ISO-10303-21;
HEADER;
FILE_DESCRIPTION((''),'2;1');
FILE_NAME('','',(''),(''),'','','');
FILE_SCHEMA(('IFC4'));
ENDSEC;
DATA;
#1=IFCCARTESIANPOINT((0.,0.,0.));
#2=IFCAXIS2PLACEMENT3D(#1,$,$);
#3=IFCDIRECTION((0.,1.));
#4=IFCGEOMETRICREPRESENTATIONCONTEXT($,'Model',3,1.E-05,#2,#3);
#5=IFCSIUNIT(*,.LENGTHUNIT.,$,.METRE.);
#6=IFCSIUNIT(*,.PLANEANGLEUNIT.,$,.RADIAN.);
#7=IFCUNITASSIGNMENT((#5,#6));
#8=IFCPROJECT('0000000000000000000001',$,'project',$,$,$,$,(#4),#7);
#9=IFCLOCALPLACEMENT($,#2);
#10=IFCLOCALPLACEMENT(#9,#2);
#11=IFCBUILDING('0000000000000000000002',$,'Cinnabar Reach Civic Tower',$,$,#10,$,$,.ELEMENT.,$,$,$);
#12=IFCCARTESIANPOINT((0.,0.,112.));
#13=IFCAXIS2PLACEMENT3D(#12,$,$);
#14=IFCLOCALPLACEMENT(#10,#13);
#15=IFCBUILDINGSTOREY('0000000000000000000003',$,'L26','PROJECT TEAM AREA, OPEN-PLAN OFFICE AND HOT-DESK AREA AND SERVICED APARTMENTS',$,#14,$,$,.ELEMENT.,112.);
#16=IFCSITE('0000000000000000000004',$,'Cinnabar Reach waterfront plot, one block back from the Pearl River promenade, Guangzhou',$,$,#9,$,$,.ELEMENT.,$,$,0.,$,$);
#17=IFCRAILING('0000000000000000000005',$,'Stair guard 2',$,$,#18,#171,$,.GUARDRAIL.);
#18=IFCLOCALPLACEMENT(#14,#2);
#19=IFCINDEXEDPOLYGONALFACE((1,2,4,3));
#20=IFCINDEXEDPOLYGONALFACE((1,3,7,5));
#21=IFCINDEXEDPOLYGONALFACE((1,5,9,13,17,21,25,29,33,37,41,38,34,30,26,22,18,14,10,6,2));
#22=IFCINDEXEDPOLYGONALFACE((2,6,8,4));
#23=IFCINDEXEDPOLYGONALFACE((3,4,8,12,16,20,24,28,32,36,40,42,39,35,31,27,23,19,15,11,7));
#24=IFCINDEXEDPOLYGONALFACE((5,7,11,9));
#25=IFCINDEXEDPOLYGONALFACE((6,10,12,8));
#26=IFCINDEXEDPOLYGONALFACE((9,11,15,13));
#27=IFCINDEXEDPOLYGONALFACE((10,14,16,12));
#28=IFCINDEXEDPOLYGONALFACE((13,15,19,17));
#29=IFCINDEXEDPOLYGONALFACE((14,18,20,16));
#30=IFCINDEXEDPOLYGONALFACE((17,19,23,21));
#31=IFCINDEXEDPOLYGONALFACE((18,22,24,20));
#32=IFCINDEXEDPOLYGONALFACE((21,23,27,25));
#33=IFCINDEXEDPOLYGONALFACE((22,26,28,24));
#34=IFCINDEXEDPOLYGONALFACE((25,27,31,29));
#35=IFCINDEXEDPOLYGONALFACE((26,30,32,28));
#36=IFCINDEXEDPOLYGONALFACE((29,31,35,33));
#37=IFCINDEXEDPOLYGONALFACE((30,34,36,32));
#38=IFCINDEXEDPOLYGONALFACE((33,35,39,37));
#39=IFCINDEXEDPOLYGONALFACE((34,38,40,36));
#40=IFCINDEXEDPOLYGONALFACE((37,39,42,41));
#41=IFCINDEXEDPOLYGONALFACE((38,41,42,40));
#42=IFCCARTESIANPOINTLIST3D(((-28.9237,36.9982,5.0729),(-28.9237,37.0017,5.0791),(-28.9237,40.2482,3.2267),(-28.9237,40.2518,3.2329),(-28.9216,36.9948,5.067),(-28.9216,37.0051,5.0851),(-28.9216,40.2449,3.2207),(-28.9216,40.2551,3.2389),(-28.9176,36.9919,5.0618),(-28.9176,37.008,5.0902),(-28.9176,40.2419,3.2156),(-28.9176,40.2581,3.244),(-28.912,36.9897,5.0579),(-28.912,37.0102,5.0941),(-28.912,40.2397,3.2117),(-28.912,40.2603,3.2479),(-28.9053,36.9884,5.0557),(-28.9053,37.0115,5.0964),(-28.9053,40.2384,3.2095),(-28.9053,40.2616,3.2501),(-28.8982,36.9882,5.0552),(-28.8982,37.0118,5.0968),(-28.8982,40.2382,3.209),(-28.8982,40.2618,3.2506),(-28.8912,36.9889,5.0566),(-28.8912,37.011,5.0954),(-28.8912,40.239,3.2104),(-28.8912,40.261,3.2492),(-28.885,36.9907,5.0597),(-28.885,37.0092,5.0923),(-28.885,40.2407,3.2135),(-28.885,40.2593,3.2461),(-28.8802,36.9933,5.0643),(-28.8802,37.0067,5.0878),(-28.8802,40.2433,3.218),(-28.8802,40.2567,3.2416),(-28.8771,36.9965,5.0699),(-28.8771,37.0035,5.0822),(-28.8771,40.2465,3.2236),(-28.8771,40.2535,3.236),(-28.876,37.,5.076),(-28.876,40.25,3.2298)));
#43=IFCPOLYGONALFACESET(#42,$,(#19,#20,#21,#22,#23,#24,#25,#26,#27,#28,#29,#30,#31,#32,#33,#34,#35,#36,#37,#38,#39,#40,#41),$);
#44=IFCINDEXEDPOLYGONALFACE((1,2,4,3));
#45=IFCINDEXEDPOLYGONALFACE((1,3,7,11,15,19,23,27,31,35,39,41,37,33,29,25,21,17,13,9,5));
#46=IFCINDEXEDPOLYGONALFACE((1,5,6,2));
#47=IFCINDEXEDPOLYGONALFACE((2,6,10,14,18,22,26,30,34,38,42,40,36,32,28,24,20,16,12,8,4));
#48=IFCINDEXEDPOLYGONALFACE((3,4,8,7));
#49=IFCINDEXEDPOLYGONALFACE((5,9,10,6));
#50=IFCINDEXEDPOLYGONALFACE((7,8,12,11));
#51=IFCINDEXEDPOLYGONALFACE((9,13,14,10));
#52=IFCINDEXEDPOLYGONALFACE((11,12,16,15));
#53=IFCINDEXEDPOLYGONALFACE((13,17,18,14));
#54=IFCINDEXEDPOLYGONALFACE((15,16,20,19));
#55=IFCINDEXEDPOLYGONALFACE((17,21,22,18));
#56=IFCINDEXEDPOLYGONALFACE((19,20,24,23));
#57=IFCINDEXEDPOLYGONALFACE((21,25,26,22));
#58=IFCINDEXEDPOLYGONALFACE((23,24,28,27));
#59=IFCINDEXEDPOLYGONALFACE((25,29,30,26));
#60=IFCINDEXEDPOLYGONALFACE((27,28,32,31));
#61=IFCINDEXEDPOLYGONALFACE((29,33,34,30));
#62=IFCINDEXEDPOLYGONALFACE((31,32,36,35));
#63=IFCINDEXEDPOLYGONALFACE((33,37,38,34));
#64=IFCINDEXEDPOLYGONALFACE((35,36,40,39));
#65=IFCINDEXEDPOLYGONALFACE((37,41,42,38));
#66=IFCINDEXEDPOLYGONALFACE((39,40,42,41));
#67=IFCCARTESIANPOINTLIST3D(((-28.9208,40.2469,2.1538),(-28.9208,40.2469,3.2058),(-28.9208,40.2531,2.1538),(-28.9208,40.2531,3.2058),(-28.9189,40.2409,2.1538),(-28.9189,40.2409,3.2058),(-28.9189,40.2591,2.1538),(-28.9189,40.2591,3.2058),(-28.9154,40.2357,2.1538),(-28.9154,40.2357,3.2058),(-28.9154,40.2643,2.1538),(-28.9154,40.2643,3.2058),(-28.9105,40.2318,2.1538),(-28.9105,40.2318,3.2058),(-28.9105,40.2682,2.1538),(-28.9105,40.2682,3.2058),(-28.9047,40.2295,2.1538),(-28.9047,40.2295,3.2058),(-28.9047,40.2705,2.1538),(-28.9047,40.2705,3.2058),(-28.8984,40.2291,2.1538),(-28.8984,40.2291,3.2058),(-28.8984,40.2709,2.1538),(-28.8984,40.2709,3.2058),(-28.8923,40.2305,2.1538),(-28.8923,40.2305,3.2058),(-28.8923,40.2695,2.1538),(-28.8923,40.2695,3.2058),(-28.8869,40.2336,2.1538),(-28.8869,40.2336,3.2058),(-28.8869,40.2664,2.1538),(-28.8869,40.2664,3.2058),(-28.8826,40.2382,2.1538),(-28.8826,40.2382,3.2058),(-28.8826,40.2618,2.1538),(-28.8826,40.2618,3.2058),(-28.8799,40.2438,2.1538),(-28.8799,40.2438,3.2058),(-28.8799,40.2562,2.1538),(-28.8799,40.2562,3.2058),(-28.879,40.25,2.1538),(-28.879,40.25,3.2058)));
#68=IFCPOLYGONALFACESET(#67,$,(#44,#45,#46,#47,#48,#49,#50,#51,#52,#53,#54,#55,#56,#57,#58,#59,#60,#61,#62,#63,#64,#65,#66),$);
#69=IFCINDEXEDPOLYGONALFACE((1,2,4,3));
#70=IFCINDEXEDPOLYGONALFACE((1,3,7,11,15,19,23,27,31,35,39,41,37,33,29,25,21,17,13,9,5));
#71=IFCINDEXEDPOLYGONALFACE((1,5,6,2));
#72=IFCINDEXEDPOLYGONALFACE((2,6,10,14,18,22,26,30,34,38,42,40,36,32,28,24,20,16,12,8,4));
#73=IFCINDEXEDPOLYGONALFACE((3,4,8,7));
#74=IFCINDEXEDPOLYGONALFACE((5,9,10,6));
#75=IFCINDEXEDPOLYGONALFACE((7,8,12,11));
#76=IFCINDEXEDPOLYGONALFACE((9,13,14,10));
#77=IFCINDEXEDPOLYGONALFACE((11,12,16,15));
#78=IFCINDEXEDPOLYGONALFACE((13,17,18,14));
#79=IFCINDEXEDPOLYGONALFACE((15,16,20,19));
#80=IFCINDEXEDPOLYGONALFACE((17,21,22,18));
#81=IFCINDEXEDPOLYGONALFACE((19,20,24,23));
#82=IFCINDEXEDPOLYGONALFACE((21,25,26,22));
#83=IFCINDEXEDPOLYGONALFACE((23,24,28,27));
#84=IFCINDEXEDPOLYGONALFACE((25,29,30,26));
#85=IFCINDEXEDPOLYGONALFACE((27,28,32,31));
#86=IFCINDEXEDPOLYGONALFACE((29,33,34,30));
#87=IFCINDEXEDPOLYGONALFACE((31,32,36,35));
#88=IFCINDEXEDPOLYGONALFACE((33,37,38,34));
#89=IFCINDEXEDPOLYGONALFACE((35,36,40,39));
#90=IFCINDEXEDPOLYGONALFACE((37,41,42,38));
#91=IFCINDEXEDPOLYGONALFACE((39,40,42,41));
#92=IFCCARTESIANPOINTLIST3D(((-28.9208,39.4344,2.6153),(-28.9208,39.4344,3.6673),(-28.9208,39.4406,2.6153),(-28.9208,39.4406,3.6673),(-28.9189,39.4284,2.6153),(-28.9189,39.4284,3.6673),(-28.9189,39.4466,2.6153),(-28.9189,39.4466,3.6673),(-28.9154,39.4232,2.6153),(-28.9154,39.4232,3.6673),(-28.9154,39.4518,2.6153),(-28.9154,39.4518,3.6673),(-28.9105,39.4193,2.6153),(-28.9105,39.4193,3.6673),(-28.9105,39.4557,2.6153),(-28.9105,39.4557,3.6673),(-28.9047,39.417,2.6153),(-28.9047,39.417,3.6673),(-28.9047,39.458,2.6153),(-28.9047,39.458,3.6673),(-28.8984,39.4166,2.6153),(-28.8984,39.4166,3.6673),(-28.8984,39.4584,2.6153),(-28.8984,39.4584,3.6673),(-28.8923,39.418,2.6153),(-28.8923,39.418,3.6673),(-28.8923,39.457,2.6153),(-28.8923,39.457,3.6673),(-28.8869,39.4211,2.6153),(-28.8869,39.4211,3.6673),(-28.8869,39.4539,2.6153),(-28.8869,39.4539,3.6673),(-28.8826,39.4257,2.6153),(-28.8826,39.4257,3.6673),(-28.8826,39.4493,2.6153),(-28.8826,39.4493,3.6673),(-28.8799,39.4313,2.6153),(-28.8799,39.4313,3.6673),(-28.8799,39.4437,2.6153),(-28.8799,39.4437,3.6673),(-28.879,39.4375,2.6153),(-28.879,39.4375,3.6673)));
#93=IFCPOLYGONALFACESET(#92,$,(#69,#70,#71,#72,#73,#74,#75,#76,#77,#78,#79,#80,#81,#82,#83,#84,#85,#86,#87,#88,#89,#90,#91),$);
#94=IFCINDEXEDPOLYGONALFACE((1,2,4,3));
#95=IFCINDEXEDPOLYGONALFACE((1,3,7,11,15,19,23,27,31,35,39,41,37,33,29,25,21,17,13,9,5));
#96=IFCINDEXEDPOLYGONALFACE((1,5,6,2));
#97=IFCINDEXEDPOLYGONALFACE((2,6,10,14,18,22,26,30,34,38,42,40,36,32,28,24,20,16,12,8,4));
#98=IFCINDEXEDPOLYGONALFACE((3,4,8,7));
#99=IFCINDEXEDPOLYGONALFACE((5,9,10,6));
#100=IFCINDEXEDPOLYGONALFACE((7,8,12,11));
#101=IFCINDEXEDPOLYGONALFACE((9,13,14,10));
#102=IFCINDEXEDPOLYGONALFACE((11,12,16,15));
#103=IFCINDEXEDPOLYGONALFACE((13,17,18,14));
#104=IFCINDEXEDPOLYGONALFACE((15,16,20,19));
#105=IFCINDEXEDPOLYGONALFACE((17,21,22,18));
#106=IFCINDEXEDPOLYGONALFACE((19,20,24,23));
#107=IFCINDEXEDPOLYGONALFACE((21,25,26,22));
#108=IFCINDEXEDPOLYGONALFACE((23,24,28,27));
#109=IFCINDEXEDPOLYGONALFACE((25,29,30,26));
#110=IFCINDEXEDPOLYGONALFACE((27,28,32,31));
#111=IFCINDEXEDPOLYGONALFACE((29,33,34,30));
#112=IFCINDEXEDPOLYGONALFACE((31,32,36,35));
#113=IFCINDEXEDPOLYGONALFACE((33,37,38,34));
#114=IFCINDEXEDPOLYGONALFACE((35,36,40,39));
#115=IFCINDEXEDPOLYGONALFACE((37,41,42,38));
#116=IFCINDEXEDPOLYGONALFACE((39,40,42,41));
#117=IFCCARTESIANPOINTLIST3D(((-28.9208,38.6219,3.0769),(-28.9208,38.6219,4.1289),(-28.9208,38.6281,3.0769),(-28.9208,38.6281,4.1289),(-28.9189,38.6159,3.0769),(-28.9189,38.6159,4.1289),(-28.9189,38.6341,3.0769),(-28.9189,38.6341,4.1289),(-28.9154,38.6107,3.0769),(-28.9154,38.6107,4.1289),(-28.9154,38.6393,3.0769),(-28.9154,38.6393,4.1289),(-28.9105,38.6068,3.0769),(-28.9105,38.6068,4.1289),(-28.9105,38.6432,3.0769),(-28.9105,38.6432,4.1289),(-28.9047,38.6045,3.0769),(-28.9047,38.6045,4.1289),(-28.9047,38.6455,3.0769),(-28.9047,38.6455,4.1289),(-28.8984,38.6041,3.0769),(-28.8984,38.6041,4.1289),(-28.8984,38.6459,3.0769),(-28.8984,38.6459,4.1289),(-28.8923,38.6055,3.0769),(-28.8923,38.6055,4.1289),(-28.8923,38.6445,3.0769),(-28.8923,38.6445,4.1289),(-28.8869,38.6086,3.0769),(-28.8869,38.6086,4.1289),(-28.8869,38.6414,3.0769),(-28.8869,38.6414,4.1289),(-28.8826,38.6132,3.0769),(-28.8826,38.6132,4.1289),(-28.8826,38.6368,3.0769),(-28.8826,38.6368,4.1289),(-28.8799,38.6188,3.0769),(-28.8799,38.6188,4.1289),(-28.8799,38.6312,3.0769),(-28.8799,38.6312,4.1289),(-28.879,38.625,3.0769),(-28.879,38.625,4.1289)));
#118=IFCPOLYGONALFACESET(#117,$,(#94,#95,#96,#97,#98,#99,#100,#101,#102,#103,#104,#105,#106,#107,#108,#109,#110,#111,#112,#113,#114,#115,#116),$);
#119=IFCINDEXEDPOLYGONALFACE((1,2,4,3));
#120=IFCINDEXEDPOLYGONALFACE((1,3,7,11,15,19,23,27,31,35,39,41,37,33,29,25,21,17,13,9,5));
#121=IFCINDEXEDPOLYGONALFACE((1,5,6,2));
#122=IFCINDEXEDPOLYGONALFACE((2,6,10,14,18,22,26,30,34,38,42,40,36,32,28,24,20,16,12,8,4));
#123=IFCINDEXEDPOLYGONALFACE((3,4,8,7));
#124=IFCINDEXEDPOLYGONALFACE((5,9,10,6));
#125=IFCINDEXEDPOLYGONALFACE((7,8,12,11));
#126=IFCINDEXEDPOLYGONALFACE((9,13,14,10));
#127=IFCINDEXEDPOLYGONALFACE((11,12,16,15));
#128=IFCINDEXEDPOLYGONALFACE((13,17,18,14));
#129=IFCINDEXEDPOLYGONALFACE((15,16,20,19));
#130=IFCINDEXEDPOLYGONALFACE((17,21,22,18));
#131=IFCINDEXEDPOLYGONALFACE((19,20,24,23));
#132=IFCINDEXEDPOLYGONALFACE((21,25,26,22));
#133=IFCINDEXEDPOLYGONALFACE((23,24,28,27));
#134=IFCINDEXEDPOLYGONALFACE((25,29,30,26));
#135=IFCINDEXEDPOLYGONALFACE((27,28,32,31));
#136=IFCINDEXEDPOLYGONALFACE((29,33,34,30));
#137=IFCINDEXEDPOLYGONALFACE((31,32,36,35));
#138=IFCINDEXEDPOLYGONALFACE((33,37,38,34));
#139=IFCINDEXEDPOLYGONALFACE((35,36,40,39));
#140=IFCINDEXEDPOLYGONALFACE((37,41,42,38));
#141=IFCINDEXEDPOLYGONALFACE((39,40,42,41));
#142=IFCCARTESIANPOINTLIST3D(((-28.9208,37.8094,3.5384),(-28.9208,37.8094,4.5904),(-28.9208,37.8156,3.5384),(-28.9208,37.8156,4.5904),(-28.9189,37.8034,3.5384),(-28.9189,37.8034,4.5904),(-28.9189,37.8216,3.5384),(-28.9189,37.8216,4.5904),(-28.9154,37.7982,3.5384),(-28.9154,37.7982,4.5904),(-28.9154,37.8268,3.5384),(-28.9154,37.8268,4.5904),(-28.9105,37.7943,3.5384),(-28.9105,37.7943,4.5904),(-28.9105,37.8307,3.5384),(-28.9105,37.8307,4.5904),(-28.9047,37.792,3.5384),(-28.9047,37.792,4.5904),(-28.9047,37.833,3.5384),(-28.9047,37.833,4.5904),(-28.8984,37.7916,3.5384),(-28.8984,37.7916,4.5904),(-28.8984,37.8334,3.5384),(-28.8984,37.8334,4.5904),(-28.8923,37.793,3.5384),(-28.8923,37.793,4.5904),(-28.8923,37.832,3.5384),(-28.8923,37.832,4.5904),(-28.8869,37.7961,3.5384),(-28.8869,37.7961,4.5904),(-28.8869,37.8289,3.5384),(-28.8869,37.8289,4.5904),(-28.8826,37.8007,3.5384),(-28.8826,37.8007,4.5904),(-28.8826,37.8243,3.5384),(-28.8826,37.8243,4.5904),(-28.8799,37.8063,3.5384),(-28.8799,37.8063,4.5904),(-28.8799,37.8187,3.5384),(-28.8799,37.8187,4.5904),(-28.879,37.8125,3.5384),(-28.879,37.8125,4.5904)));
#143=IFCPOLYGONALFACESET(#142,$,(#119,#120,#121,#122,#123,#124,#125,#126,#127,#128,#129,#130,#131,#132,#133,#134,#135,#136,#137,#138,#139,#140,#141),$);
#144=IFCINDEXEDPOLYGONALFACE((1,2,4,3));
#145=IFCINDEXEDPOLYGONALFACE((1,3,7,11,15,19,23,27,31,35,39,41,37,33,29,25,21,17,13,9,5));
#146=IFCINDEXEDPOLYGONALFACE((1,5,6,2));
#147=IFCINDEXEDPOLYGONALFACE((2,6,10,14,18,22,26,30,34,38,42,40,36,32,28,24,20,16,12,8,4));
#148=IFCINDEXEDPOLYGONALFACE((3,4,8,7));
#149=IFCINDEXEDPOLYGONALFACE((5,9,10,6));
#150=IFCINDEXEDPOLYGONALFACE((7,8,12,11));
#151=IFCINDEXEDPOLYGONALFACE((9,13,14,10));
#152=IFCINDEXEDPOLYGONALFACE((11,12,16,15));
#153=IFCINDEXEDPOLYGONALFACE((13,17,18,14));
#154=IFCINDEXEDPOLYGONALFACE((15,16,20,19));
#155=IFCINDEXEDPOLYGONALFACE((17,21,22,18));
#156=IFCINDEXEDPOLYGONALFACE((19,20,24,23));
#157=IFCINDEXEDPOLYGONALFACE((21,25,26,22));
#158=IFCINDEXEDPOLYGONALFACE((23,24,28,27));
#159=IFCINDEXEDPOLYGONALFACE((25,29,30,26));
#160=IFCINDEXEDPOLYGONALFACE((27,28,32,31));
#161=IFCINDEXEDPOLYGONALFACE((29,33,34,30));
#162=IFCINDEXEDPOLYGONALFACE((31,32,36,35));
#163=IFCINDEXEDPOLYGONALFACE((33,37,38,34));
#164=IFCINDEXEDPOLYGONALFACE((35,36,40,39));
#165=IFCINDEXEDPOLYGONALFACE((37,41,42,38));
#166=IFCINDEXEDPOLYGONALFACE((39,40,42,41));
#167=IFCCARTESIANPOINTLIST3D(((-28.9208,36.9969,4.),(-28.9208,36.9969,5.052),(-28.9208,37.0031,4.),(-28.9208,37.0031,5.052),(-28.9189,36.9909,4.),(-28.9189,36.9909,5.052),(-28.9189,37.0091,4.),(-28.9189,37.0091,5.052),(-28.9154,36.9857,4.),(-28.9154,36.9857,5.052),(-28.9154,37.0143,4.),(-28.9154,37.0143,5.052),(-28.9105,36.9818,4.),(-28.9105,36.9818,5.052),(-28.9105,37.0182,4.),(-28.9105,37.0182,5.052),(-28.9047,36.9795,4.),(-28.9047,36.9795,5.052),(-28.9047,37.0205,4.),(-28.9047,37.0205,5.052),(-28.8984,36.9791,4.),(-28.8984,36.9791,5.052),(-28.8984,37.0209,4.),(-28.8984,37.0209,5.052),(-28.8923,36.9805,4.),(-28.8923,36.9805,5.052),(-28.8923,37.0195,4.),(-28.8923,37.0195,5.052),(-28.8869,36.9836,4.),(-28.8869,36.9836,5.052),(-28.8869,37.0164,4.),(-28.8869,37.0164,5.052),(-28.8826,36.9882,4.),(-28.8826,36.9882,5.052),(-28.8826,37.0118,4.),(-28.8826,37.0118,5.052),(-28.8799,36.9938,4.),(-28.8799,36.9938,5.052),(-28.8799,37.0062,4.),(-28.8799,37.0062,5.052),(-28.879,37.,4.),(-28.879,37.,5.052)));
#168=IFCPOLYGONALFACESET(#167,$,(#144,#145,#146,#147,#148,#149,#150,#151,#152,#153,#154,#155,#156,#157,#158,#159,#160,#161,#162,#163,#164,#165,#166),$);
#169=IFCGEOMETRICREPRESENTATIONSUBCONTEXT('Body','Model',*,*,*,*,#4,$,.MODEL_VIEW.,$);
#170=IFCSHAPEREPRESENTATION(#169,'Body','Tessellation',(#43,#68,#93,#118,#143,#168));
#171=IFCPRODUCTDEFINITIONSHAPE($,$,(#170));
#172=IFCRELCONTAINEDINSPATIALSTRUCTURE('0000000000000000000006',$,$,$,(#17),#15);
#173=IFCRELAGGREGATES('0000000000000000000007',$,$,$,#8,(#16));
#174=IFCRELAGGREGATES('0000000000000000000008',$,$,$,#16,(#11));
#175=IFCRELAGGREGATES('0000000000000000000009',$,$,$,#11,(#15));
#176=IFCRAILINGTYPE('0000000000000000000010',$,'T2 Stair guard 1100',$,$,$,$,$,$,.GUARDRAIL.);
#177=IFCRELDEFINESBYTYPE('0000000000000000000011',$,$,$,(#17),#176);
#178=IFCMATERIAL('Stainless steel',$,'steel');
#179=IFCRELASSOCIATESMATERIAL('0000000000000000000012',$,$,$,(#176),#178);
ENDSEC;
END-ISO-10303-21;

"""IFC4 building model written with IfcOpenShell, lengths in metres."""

from ifc_helpers import new_model, si_unit, direction, frame, origin, origin_2d, place, context, subcontext, project, spatial, circle, extrude, material, type_object, element, save


model = new_model("IFC4")

# Units and contexts
model_context = context("Model", 3, precision=1e-05, world=origin(), true_north=direction((0.0, 1.0)))
body_context = subcontext(model_context, "Body", "Model", "MODEL_VIEW")
ifc_project = project(units=[si_unit("LENGTHUNIT", "METRE"), si_unit("PLANEANGLEUNIT", "RADIAN")], contexts=[model_context])

# Site, building, storey
site_placement = place(None, origin())
site = spatial("IfcSite", under=ifc_project, at=site_placement, Name="Cinnabar Reach waterfront plot, one block back from the Pearl River promenade, Guangzhou", CompositionType="ELEMENT", RefElevation=0.0)
building_placement = place(site_placement, origin())
building = spatial("IfcBuilding", under=site, at=building_placement, Name="Cinnabar Reach Civic Tower", CompositionType="ELEMENT")
storey_placement = place(building_placement, frame((0.0, 0.0, 112.0)))
storey = spatial("IfcBuildingStorey", under=building, at=storey_placement, Name="L26", Description="PROJECT TEAM AREA, OPEN-PLAN OFFICE AND HOT-DESK AREA AND SERVICED APARTMENTS", CompositionType="ELEMENT", Elevation=112.0)

# Railing
ifc_material_1 = material(Name="Stainless steel", Category="steel")
railing_type = type_object("IfcRailingType", Name="T2 Stair guard 1100", PredefinedType="GUARDRAIL", material=ifc_material_1)
railing_1_placement = place(storey_placement, frame((-28.9, 40.25, 2.1538)))
element("IfcRailing", 1, at=railing_1_placement, inside=storey, type_object=railing_type, Name="Stair guard 2", PredefinedType="GUARDRAIL", context=body_context, shape_type="SweptSolid", body=[
    extrude(circle(Radius=0.024, at=origin_2d()), frame((0.0, 0.0, 1.076), z_axis=(0.0, -0.869501, 0.49393), x_axis=(1.0, 0.0, 0.0)), (0.0, 0.0, 1.0), 3.7378),
    extrude(circle(Radius=0.021, at=origin_2d()), origin(), (0.0, 0.0, 1.0), 1.052),
    extrude(circle(Radius=0.021, at=origin_2d()), frame((0.0, -0.8125, 0.4615)), (0.0, 0.0, 1.0), 1.052),
    extrude(circle(Radius=0.021, at=origin_2d()), frame((0.0, -1.625, 0.9231)), (0.0, 0.0, 1.0), 1.052),
    extrude(circle(Radius=0.021, at=origin_2d()), frame((0.0, -2.4375, 1.3846)), (0.0, 0.0, 1.0), 1.052),
    extrude(circle(Radius=0.021, at=origin_2d()), frame((0.0, -3.25, 1.8462)), (0.0, 0.0, 1.0), 1.052),
])

save(model, "model.ifc")
